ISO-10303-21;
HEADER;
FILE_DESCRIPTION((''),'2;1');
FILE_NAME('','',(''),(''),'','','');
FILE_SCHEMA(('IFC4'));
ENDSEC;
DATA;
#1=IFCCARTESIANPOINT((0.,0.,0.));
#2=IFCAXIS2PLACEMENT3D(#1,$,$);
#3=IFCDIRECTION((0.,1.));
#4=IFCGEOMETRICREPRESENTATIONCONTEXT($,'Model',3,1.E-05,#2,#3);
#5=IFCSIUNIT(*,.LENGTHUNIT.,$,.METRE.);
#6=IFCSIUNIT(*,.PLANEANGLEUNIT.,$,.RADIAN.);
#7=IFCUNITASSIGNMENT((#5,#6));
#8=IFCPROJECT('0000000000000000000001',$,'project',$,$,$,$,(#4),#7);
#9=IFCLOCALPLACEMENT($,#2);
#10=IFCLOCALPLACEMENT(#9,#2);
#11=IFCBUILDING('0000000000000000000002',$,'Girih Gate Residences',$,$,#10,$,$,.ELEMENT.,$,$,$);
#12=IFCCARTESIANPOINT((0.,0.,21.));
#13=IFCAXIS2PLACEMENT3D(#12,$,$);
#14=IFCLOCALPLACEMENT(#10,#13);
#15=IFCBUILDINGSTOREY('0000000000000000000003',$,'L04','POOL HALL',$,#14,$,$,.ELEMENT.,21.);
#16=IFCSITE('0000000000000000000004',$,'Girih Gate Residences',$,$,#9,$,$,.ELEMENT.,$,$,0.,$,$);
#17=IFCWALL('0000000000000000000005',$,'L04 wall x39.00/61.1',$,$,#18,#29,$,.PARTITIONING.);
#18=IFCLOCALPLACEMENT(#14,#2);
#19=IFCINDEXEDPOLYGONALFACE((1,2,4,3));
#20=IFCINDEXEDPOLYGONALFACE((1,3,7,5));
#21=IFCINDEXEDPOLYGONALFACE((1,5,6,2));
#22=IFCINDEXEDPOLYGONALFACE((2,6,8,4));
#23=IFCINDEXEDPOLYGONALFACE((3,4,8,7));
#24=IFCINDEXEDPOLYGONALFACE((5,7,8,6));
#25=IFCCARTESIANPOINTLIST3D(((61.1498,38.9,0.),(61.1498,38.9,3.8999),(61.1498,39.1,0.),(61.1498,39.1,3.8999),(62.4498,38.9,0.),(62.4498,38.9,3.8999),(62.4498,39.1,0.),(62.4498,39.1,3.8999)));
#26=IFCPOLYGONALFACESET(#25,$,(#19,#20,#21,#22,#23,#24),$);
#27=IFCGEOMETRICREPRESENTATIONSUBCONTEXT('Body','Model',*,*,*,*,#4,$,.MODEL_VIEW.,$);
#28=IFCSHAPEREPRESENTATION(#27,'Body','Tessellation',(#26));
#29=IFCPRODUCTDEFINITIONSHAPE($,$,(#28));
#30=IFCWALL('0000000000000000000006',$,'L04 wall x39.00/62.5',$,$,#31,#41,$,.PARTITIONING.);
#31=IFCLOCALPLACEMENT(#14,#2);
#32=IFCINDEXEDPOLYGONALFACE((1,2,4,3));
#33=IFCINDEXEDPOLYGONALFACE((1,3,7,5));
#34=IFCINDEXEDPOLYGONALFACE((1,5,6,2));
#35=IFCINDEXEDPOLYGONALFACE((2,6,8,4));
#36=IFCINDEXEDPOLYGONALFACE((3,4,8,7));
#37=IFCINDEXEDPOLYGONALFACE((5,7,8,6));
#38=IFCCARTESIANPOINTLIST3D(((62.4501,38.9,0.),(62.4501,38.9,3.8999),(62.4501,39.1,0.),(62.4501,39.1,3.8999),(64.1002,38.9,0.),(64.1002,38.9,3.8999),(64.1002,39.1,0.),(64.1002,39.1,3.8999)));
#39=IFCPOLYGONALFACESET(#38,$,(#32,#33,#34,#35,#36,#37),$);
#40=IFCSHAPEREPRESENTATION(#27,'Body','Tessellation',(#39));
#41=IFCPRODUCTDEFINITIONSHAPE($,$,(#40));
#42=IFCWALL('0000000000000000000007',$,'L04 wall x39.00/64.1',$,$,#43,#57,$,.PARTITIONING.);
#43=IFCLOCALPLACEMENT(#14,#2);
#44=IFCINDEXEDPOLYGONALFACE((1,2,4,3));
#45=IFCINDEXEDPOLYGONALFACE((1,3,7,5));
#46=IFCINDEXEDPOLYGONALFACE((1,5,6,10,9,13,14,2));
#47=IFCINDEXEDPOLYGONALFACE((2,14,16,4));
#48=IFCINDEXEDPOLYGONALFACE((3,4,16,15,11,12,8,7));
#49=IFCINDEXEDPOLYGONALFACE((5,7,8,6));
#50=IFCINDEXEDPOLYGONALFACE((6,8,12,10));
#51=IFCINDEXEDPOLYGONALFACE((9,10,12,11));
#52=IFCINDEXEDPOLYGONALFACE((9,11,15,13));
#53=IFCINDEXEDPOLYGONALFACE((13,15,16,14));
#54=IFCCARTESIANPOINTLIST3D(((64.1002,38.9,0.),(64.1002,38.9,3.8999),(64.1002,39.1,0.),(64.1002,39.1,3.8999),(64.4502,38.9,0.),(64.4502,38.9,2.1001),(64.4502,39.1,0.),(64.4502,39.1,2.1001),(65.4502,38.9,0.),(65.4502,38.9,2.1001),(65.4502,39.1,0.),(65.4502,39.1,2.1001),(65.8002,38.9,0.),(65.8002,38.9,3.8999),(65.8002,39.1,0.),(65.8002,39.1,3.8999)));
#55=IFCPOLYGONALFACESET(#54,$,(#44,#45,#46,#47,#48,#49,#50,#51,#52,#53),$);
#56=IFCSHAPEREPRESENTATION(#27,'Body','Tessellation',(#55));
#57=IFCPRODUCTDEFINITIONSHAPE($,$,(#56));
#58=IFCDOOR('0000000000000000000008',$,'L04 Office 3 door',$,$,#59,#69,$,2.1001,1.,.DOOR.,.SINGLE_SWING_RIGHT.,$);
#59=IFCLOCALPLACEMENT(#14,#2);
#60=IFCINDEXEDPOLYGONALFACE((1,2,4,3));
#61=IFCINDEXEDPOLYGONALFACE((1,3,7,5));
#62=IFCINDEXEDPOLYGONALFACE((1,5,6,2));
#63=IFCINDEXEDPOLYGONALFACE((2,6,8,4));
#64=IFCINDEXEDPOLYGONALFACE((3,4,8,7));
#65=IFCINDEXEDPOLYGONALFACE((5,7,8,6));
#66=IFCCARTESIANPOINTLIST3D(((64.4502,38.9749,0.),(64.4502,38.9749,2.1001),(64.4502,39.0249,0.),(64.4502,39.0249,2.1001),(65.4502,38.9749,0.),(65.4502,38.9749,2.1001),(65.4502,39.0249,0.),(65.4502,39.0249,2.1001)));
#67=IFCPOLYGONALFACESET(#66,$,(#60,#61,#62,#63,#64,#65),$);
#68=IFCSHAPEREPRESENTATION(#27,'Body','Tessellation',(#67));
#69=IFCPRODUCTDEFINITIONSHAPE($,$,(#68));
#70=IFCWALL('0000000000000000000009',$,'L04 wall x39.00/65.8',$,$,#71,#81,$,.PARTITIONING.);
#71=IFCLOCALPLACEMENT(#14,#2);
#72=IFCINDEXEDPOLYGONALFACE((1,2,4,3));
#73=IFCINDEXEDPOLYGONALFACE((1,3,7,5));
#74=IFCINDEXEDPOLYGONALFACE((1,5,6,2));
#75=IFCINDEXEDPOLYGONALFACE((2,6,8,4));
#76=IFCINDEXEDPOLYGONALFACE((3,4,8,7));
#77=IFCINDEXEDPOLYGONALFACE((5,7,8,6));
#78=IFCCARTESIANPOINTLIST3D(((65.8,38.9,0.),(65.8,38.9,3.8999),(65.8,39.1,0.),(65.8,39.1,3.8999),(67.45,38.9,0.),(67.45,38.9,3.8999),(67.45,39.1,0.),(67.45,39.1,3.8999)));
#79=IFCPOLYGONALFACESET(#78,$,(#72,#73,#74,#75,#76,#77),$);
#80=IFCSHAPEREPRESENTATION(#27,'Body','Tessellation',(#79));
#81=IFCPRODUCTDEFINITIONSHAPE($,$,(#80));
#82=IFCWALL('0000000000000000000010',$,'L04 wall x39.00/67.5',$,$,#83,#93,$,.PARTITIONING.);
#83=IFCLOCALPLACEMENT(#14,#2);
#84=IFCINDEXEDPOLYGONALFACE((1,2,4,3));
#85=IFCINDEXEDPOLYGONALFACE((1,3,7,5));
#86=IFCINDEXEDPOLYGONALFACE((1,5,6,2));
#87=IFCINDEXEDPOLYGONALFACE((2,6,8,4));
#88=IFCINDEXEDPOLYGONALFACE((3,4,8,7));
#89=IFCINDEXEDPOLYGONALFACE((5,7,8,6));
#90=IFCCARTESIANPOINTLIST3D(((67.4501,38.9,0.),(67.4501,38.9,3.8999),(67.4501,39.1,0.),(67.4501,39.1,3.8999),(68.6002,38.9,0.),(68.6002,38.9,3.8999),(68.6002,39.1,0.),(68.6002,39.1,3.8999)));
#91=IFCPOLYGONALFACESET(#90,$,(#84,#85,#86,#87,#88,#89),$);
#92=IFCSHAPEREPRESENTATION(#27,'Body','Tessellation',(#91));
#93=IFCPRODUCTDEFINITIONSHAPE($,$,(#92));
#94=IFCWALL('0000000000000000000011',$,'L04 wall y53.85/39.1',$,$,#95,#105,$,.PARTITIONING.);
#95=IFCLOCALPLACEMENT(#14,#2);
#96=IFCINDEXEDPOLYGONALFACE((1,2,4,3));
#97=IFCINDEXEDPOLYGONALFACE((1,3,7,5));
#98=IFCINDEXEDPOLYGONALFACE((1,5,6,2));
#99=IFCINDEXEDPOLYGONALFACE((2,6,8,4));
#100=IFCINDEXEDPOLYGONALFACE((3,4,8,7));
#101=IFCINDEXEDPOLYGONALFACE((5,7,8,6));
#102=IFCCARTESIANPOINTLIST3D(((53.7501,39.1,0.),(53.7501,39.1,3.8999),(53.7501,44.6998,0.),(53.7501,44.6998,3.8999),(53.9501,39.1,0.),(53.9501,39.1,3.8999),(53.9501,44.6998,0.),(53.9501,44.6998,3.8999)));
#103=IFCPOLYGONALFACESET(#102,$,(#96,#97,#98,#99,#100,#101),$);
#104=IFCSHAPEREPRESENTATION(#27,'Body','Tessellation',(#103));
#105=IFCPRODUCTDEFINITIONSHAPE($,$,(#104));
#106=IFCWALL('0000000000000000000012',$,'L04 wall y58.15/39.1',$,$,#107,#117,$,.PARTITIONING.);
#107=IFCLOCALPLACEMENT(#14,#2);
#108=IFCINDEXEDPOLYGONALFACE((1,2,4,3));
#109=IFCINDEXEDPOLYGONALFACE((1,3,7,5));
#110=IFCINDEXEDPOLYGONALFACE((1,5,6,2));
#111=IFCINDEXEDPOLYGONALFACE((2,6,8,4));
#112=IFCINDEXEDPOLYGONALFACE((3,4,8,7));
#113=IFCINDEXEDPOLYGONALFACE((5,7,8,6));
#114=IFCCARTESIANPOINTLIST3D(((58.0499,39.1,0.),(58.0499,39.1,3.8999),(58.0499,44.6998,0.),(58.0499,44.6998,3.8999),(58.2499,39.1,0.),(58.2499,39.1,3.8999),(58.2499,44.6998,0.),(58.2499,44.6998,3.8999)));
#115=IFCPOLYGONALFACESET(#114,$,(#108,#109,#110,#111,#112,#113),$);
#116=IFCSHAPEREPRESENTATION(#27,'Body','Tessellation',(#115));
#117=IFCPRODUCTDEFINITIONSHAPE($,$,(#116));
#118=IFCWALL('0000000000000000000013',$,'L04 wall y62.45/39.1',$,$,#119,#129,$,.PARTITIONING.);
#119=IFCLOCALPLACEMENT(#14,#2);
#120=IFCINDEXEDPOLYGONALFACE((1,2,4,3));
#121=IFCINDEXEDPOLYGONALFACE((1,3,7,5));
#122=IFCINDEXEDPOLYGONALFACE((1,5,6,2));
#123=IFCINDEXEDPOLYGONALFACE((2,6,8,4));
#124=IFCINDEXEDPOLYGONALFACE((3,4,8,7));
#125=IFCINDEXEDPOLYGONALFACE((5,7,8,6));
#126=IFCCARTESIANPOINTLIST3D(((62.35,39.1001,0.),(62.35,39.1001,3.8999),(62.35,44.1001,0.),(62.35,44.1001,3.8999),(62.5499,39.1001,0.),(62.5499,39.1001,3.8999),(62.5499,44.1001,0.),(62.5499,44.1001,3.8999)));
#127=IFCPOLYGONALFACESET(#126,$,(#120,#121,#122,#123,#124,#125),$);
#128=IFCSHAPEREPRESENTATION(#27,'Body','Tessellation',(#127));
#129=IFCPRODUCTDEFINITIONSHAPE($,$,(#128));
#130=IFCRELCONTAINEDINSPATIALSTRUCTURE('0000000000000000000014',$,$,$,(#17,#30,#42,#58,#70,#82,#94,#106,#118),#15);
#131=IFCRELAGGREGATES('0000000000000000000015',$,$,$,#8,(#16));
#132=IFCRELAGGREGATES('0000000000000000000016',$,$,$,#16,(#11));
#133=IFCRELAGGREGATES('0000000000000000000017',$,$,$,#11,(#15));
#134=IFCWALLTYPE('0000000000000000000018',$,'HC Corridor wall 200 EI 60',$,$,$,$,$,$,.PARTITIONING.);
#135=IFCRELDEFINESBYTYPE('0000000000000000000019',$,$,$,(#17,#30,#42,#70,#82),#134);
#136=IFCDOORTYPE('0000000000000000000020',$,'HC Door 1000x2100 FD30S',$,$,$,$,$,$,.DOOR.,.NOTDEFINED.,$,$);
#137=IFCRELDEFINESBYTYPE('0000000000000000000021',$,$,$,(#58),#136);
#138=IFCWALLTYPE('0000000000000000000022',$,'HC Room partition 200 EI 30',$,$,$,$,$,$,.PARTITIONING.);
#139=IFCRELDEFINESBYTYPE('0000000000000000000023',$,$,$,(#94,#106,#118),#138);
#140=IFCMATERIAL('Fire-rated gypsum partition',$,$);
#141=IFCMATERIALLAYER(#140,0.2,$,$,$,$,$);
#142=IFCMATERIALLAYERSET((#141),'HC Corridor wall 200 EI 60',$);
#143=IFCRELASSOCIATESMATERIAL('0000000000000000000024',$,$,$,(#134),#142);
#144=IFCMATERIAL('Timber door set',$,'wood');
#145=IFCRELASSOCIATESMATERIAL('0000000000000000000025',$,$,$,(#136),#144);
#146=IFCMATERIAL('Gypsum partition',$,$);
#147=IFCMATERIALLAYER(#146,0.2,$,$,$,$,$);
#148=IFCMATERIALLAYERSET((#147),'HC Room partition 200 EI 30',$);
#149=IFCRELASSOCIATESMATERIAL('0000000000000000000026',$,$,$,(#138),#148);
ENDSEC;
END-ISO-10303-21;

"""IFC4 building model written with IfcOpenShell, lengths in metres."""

from ifc_helpers import new_model, si_unit, direction, frame, frame_2d, origin, place, context, subcontext, project, spatial, rectangle, extrude, material, layer, layer_set, type_object, element, fill, save


model = new_model("IFC4")

# Units and contexts
model_context = context("Model", 3, precision=1e-05, world=origin(), true_north=direction((0.0, 1.0)))
body_context = subcontext(model_context, "Body", "Model", "MODEL_VIEW")
ifc_project = project(units=[si_unit("LENGTHUNIT", "METRE"), si_unit("PLANEANGLEUNIT", "RADIAN")], contexts=[model_context])

# Site, building, storey
site_placement = place(None, origin())
site = spatial("IfcSite", under=ifc_project, at=site_placement, Name="Girih Gate Residences", CompositionType="ELEMENT", RefElevation=0.0)
building_placement = place(site_placement, origin())
building = spatial("IfcBuilding", under=site, at=building_placement, Name="Girih Gate Residences", CompositionType="ELEMENT")
storey_placement = place(building_placement, frame((0.0, 0.0, 21.0)))
storey = spatial("IfcBuildingStorey", under=building, at=storey_placement, Name="L04", Description="POOL HALL", CompositionType="ELEMENT", Elevation=21.0)

# Shared definitions
ifc_material_1 = material(Name="Fire-rated gypsum partition")
ifc_layer_1 = layer(ifc_material_1, 0.2)
ifc_layer_set_1 = layer_set([ifc_layer_1], Name="HC Corridor wall 200 EI 60")
wall_type_1 = type_object("IfcWallType", Name="HC Corridor wall 200 EI 60", PredefinedType="PARTITIONING", material=ifc_layer_set_1)

# Shared definitions
ifc_material_2 = material(Name="Timber door set", Category="wood")
door_type = type_object("IfcDoorType", Name="HC Door 1000x2100 FD30S", OperationType="NOTDEFINED", PredefinedType="DOOR", material=ifc_material_2)

# Walls
wall_1_placement = place(storey_placement, frame((61.1499, 39.0, 0.0), z_axis=(0.0, 0.0, 1.0), x_axis=(1.0, 0.0, 0.0)))
element("IfcWall", 1, at=wall_1_placement, inside=storey, type_object=wall_type_1, Name="L04 wall x39.00/61.1", PredefinedType="PARTITIONING", context=body_context, shape_type="SweptSolid", body=[
    extrude(rectangle(XDim=1.3, YDim=0.2, at=frame_2d((0.6499, 0.0))), origin(), (0.0, 0.0, 1.0), 3.8999),
])
wall_2_placement = place(storey_placement, frame((62.45, 39.0, 0.0), z_axis=(0.0, 0.0, 1.0), x_axis=(1.0, 0.0, 0.0)))
element("IfcWall", 2, at=wall_2_placement, inside=storey, type_object=wall_type_1, Name="L04 wall x39.00/62.5", PredefinedType="PARTITIONING", context=body_context, shape_type="SweptSolid", body=[
    extrude(rectangle(XDim=1.6501, YDim=0.2, at=frame_2d((0.8252, 0.0))), origin(), (0.0, 0.0, 1.0), 3.8999),
])

# Wall, opening, door
wall_3_placement = place(storey_placement, frame((64.1001, 39.0, 0.0), z_axis=(0.0, 0.0, 1.0), x_axis=(1.0, 0.0, 0.0)))
wall_3 = element("IfcWall", 3, at=wall_3_placement, inside=storey, type_object=wall_type_1, Name="L04 wall x39.00/64.1", PredefinedType="PARTITIONING", context=body_context, shape_type="SweptSolid", body=[
    extrude(rectangle(XDim=1.7, YDim=0.2, at=frame_2d((0.8501, 0.0))), origin(), (0.0, 0.0, 1.0), 3.8999),
])
opening_1_placement = place(wall_3_placement, frame((0.3501, 0.0, 0.0)))
opening_1 = element("IfcOpeningElement", 4, at=opening_1_placement, cuts=wall_3, PredefinedType="OPENING", context=body_context, shape_type="SweptSolid", body=[
    extrude(rectangle(XDim=1.0, YDim=2.1001, at=frame_2d((0.5, 1.05))), frame((0.0, 0.1099, 0.0), z_axis=(0.0, -1.0, 0.0), x_axis=(1.0, 0.0, 0.0)), (0.0, 0.0, 1.0), 0.22),
])
door_1_placement = place(opening_1_placement, origin())
door_1 = element("IfcDoor", 5, at=door_1_placement, inside=storey, type_object=door_type, Name="L04 Office 3 door", OperationType="SINGLE_SWING_RIGHT", OverallHeight=2.1001, OverallWidth=1.0, PredefinedType="DOOR", context=body_context, shape_type="SweptSolid", body=[
    extrude(rectangle(XDim=1.0, YDim=2.1001, at=frame_2d((0.5, 1.05))), frame((0.0, 0.0249, 0.0), z_axis=(0.0, -1.0, 0.0), x_axis=(1.0, 0.0, 0.0)), (0.0, 0.0, 1.0), 0.05),
])
fill(opening_1, door_1)

# Walls
wall_4_placement = place(storey_placement, frame((65.8, 39.0, 0.0), z_axis=(0.0, 0.0, 1.0), x_axis=(1.0, 0.0, 0.0)))
element("IfcWall", 6, at=wall_4_placement, inside=storey, type_object=wall_type_1, Name="L04 wall x39.00/65.8", PredefinedType="PARTITIONING", context=body_context, shape_type="SweptSolid", body=[
    extrude(rectangle(XDim=1.6499, YDim=0.2, at=frame_2d((0.825, 0.0))), origin(), (0.0, 0.0, 1.0), 3.8999),
])
wall_5_placement = place(storey_placement, frame((67.45, 39.0, 0.0), z_axis=(0.0, 0.0, 1.0), x_axis=(1.0, 0.0, 0.0)))
element("IfcWall", 7, at=wall_5_placement, inside=storey, type_object=wall_type_1, Name="L04 wall x39.00/67.5", PredefinedType="PARTITIONING", context=body_context, shape_type="SweptSolid", body=[
    extrude(rectangle(XDim=1.1501, YDim=0.2, at=frame_2d((0.5752, 0.0))), origin(), (0.0, 0.0, 1.0), 3.8999),
])
ifc_material_3 = material(Name="Gypsum partition")
ifc_layer_2 = layer(ifc_material_3, 0.2)
ifc_layer_set_2 = layer_set([ifc_layer_2], Name="HC Room partition 200 EI 30")
wall_type_2 = type_object("IfcWallType", Name="HC Room partition 200 EI 30", PredefinedType="PARTITIONING", material=ifc_layer_set_2)
for number, where, z_axis, x_axis, name in (
    (8, (53.8501, 39.1001, 0.0), (0.0, 0.0, 1.0), (0.0, 1.0, 0.0), "L04 wall y53.85/39.1"),
    (9, (58.1499, 39.1001, 0.0), (0.0, 0.0, 1.0), (0.0, 1.0, 0.0), "L04 wall y58.15/39.1"),
):
    element("IfcWall", number, at=place(storey_placement, frame(where, z_axis=z_axis, x_axis=x_axis)), inside=storey, type_object=wall_type_2, Name=name, PredefinedType="PARTITIONING", context=body_context, shape_type="SweptSolid", body=[
        extrude(rectangle(XDim=5.5999, YDim=0.2, at=frame_2d((2.7998, 0.0))), origin(), (0.0, 0.0, 1.0), 3.8999),
    ])
wall_6_placement = place(storey_placement, frame((62.45, 39.1001, 0.0), z_axis=(0.0, 0.0, 1.0), x_axis=(0.0, 1.0, 0.0)))
element("IfcWall", 10, at=wall_6_placement, inside=storey, type_object=wall_type_2, Name="L04 wall y62.45/39.1", PredefinedType="PARTITIONING", context=body_context, shape_type="SweptSolid", body=[
    extrude(rectangle(XDim=5.0, YDim=0.2, at=frame_2d((2.5, 0.0))), origin(), (0.0, 0.0, 1.0), 3.8999),
])

save(model, "model.ifc")
